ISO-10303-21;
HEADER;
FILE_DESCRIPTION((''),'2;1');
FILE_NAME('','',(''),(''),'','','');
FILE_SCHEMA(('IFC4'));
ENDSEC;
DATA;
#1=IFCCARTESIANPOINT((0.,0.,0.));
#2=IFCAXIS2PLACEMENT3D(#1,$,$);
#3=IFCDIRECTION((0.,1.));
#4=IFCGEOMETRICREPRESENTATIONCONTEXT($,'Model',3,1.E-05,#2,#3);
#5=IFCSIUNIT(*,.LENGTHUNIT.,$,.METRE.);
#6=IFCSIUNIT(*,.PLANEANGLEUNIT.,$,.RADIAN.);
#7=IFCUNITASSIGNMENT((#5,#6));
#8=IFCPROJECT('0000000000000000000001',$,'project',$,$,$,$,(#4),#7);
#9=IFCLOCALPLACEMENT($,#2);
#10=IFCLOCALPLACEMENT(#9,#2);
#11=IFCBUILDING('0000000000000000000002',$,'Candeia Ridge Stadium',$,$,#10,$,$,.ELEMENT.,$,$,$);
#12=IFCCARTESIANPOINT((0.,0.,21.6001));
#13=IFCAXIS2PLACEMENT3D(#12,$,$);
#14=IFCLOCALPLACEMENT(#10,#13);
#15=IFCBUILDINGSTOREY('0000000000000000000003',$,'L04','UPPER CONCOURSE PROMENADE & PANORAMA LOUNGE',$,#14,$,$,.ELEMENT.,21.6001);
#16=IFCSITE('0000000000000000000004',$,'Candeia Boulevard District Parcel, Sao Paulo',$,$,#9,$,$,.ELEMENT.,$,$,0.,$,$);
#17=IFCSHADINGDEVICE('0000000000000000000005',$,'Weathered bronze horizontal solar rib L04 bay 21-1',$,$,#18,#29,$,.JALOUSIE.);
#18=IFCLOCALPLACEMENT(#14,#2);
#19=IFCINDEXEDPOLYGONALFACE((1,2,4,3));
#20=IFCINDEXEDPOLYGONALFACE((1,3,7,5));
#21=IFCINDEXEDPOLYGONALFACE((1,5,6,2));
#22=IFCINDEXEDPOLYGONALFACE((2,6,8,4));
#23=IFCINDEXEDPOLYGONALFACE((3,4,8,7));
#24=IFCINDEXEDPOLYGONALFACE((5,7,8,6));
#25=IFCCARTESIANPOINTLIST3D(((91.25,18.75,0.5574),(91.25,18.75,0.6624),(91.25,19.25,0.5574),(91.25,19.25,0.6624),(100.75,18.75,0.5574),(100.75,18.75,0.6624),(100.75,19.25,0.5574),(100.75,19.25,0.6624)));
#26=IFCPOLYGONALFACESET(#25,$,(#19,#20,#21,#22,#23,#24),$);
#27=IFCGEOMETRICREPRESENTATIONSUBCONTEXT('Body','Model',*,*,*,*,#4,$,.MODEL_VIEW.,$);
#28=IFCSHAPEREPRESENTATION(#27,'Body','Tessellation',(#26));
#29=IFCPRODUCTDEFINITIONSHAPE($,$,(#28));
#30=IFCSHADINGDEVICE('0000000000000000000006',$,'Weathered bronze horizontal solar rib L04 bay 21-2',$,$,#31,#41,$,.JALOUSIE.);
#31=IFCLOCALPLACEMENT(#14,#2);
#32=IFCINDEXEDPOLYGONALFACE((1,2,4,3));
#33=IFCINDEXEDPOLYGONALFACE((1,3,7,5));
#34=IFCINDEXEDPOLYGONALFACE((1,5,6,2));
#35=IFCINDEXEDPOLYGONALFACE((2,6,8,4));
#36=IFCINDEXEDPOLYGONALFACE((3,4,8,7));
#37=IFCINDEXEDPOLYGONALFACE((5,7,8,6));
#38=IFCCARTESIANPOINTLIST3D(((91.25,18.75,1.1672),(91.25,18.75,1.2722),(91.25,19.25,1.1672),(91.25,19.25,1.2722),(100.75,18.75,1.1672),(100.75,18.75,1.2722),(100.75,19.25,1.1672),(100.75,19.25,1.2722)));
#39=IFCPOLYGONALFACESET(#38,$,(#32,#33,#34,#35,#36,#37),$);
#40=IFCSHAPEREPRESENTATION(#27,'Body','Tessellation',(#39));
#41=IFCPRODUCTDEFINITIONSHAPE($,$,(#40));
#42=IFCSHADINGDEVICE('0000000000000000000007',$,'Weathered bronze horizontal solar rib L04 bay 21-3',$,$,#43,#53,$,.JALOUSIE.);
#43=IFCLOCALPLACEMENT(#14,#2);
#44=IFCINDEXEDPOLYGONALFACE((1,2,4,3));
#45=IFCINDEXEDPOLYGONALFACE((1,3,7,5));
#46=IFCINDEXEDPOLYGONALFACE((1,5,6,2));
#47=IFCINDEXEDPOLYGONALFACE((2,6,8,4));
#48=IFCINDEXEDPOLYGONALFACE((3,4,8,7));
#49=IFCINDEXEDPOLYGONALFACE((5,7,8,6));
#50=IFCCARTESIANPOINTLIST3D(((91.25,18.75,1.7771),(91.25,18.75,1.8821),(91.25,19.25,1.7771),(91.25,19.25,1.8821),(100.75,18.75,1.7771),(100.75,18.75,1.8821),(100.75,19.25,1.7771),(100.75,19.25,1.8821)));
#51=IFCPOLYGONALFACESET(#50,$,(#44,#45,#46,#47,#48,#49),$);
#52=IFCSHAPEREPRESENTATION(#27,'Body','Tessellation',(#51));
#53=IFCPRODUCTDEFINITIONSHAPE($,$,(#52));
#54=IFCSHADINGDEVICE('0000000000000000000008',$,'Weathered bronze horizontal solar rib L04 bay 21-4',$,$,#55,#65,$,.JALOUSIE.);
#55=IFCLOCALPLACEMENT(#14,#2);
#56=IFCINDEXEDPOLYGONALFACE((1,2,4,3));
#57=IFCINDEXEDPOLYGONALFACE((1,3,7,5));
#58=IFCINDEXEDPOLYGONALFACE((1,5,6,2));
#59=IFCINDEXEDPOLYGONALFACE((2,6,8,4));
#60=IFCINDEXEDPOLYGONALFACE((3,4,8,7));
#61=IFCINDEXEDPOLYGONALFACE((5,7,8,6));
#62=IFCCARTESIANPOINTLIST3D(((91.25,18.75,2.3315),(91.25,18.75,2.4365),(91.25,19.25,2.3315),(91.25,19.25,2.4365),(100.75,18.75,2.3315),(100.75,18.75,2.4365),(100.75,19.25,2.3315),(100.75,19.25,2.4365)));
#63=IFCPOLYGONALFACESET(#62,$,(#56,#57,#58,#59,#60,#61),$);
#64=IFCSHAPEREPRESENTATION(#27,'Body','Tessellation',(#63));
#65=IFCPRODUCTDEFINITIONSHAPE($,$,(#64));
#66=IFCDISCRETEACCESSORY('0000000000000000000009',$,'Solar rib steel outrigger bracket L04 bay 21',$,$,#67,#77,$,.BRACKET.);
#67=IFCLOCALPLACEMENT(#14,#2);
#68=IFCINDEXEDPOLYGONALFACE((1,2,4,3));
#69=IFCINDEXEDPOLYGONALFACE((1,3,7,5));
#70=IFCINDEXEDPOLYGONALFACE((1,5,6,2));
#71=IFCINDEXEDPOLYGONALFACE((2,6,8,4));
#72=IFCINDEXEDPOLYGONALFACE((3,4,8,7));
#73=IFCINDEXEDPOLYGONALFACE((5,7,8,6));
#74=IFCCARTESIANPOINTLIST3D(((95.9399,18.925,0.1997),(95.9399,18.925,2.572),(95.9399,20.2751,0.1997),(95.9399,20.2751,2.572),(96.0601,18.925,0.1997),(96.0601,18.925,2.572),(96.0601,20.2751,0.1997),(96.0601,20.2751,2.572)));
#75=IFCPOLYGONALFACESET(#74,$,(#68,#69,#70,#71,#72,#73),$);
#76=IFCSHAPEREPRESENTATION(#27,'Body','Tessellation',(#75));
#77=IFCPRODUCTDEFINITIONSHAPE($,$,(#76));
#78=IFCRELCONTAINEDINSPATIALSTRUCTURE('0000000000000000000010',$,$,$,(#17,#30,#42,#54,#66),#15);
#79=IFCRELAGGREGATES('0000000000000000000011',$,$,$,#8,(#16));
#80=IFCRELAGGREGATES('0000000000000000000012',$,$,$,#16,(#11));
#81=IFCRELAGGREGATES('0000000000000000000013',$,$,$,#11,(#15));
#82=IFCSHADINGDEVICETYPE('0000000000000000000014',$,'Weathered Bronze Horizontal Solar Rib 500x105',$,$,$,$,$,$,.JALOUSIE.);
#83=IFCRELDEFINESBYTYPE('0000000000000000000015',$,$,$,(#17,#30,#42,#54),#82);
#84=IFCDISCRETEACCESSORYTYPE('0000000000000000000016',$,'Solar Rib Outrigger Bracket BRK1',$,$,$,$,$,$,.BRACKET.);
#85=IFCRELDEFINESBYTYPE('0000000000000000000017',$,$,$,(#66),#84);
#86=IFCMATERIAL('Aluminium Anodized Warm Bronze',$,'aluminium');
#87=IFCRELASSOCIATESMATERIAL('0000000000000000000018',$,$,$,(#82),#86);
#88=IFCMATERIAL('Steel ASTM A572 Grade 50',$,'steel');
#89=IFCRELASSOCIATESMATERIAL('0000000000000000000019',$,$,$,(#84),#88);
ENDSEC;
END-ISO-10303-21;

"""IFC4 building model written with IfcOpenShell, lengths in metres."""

from ifc_helpers import new_model, si_unit, direction, frame, origin, origin_2d, place, context, subcontext, project, spatial, rectangle, extrude, material, type_object, element, save


model = new_model("IFC4")

# Units and contexts
model_context = context("Model", 3, precision=1e-05, world=origin(), true_north=direction((0.0, 1.0)))
body_context = subcontext(model_context, "Body", "Model", "MODEL_VIEW")
ifc_project = project(units=[si_unit("LENGTHUNIT", "METRE"), si_unit("PLANEANGLEUNIT", "RADIAN")], contexts=[model_context])

# Site, building, storey
site_placement = place(None, origin())
site = spatial("IfcSite", under=ifc_project, at=site_placement, Name="Candeia Boulevard District Parcel, Sao Paulo", CompositionType="ELEMENT", RefElevation=0.0)
building_placement = place(site_placement, origin())
building = spatial("IfcBuilding", under=site, at=building_placement, Name="Candeia Ridge Stadium", CompositionType="ELEMENT")
storey_placement = place(building_placement, frame((0.0, 0.0, 21.6001)))
storey = spatial("IfcBuildingStorey", under=building, at=storey_placement, Name="L04", Description="UPPER CONCOURSE PROMENADE & PANORAMA LOUNGE", CompositionType="ELEMENT", Elevation=21.6001)

# Shared definitions
ifc_material_1 = material(Name="Steel ASTM A572 Grade 50", Category="steel")

# Shared definitions
ifc_material_2 = material(Name="Aluminium Anodized Warm Bronze", Category="aluminium")

# Shading devices
shading_device_type = type_object("IfcShadingDeviceType", Name="Weathered Bronze Horizontal Solar Rib 500x105", PredefinedType="JALOUSIE", material=ifc_material_2)
for number, where, z_axis, x_axis, name in (
    (1, (96.0, 19.0, 0.5574), (0.0, 0.0, 1.0), (1.0, 0.0, 0.0), "Weathered bronze horizontal solar rib L04 bay 21-1"),
    (2, (96.0, 19.0, 1.1672), (0.0, 0.0, 1.0), (1.0, 0.0, 0.0), "Weathered bronze horizontal solar rib L04 bay 21-2"),
    (3, (96.0, 19.0, 1.7771), (0.0, 0.0, 1.0), (1.0, 0.0, 0.0), "Weathered bronze horizontal solar rib L04 bay 21-3"),
    (4, (96.0, 19.0, 2.3315), (0.0, 0.0, 1.0), (1.0, 0.0, 0.0), "Weathered bronze horizontal solar rib L04 bay 21-4"),
):
    element("IfcShadingDevice", number, at=place(storey_placement, frame(where, z_axis=z_axis, x_axis=x_axis)), inside=storey, type_object=shading_device_type, Name=name, PredefinedType="JALOUSIE", context=body_context, shape_type="SweptSolid", body=[
        extrude(rectangle(XDim=9.5, YDim=0.5, at=origin_2d()), origin(), (0.0, 0.0, 1.0), 0.105),
    ])

# Discrete accessory
discrete_accessory_type = type_object("IfcDiscreteAccessoryType", Name="Solar Rib Outrigger Bracket BRK1", PredefinedType="BRACKET", material=ifc_material_1)
discrete_accessory_placement = place(storey_placement, frame((96.0, 19.6001, 0.1997), z_axis=(0.0, 0.0, 1.0), x_axis=(0.0, -1.0, 0.0)))
element("IfcDiscreteAccessory", 5, at=discrete_accessory_placement, inside=storey, type_object=discrete_accessory_type, Name="Solar rib steel outrigger bracket L04 bay 21", PredefinedType="BRACKET", context=body_context, shape_type="SweptSolid", body=[
    extrude(rectangle(XDim=1.3501, YDim=0.1201, at=origin_2d()), origin(), (0.0, 0.0, 1.0), 2.3723),
])

save(model, "model.ifc")
